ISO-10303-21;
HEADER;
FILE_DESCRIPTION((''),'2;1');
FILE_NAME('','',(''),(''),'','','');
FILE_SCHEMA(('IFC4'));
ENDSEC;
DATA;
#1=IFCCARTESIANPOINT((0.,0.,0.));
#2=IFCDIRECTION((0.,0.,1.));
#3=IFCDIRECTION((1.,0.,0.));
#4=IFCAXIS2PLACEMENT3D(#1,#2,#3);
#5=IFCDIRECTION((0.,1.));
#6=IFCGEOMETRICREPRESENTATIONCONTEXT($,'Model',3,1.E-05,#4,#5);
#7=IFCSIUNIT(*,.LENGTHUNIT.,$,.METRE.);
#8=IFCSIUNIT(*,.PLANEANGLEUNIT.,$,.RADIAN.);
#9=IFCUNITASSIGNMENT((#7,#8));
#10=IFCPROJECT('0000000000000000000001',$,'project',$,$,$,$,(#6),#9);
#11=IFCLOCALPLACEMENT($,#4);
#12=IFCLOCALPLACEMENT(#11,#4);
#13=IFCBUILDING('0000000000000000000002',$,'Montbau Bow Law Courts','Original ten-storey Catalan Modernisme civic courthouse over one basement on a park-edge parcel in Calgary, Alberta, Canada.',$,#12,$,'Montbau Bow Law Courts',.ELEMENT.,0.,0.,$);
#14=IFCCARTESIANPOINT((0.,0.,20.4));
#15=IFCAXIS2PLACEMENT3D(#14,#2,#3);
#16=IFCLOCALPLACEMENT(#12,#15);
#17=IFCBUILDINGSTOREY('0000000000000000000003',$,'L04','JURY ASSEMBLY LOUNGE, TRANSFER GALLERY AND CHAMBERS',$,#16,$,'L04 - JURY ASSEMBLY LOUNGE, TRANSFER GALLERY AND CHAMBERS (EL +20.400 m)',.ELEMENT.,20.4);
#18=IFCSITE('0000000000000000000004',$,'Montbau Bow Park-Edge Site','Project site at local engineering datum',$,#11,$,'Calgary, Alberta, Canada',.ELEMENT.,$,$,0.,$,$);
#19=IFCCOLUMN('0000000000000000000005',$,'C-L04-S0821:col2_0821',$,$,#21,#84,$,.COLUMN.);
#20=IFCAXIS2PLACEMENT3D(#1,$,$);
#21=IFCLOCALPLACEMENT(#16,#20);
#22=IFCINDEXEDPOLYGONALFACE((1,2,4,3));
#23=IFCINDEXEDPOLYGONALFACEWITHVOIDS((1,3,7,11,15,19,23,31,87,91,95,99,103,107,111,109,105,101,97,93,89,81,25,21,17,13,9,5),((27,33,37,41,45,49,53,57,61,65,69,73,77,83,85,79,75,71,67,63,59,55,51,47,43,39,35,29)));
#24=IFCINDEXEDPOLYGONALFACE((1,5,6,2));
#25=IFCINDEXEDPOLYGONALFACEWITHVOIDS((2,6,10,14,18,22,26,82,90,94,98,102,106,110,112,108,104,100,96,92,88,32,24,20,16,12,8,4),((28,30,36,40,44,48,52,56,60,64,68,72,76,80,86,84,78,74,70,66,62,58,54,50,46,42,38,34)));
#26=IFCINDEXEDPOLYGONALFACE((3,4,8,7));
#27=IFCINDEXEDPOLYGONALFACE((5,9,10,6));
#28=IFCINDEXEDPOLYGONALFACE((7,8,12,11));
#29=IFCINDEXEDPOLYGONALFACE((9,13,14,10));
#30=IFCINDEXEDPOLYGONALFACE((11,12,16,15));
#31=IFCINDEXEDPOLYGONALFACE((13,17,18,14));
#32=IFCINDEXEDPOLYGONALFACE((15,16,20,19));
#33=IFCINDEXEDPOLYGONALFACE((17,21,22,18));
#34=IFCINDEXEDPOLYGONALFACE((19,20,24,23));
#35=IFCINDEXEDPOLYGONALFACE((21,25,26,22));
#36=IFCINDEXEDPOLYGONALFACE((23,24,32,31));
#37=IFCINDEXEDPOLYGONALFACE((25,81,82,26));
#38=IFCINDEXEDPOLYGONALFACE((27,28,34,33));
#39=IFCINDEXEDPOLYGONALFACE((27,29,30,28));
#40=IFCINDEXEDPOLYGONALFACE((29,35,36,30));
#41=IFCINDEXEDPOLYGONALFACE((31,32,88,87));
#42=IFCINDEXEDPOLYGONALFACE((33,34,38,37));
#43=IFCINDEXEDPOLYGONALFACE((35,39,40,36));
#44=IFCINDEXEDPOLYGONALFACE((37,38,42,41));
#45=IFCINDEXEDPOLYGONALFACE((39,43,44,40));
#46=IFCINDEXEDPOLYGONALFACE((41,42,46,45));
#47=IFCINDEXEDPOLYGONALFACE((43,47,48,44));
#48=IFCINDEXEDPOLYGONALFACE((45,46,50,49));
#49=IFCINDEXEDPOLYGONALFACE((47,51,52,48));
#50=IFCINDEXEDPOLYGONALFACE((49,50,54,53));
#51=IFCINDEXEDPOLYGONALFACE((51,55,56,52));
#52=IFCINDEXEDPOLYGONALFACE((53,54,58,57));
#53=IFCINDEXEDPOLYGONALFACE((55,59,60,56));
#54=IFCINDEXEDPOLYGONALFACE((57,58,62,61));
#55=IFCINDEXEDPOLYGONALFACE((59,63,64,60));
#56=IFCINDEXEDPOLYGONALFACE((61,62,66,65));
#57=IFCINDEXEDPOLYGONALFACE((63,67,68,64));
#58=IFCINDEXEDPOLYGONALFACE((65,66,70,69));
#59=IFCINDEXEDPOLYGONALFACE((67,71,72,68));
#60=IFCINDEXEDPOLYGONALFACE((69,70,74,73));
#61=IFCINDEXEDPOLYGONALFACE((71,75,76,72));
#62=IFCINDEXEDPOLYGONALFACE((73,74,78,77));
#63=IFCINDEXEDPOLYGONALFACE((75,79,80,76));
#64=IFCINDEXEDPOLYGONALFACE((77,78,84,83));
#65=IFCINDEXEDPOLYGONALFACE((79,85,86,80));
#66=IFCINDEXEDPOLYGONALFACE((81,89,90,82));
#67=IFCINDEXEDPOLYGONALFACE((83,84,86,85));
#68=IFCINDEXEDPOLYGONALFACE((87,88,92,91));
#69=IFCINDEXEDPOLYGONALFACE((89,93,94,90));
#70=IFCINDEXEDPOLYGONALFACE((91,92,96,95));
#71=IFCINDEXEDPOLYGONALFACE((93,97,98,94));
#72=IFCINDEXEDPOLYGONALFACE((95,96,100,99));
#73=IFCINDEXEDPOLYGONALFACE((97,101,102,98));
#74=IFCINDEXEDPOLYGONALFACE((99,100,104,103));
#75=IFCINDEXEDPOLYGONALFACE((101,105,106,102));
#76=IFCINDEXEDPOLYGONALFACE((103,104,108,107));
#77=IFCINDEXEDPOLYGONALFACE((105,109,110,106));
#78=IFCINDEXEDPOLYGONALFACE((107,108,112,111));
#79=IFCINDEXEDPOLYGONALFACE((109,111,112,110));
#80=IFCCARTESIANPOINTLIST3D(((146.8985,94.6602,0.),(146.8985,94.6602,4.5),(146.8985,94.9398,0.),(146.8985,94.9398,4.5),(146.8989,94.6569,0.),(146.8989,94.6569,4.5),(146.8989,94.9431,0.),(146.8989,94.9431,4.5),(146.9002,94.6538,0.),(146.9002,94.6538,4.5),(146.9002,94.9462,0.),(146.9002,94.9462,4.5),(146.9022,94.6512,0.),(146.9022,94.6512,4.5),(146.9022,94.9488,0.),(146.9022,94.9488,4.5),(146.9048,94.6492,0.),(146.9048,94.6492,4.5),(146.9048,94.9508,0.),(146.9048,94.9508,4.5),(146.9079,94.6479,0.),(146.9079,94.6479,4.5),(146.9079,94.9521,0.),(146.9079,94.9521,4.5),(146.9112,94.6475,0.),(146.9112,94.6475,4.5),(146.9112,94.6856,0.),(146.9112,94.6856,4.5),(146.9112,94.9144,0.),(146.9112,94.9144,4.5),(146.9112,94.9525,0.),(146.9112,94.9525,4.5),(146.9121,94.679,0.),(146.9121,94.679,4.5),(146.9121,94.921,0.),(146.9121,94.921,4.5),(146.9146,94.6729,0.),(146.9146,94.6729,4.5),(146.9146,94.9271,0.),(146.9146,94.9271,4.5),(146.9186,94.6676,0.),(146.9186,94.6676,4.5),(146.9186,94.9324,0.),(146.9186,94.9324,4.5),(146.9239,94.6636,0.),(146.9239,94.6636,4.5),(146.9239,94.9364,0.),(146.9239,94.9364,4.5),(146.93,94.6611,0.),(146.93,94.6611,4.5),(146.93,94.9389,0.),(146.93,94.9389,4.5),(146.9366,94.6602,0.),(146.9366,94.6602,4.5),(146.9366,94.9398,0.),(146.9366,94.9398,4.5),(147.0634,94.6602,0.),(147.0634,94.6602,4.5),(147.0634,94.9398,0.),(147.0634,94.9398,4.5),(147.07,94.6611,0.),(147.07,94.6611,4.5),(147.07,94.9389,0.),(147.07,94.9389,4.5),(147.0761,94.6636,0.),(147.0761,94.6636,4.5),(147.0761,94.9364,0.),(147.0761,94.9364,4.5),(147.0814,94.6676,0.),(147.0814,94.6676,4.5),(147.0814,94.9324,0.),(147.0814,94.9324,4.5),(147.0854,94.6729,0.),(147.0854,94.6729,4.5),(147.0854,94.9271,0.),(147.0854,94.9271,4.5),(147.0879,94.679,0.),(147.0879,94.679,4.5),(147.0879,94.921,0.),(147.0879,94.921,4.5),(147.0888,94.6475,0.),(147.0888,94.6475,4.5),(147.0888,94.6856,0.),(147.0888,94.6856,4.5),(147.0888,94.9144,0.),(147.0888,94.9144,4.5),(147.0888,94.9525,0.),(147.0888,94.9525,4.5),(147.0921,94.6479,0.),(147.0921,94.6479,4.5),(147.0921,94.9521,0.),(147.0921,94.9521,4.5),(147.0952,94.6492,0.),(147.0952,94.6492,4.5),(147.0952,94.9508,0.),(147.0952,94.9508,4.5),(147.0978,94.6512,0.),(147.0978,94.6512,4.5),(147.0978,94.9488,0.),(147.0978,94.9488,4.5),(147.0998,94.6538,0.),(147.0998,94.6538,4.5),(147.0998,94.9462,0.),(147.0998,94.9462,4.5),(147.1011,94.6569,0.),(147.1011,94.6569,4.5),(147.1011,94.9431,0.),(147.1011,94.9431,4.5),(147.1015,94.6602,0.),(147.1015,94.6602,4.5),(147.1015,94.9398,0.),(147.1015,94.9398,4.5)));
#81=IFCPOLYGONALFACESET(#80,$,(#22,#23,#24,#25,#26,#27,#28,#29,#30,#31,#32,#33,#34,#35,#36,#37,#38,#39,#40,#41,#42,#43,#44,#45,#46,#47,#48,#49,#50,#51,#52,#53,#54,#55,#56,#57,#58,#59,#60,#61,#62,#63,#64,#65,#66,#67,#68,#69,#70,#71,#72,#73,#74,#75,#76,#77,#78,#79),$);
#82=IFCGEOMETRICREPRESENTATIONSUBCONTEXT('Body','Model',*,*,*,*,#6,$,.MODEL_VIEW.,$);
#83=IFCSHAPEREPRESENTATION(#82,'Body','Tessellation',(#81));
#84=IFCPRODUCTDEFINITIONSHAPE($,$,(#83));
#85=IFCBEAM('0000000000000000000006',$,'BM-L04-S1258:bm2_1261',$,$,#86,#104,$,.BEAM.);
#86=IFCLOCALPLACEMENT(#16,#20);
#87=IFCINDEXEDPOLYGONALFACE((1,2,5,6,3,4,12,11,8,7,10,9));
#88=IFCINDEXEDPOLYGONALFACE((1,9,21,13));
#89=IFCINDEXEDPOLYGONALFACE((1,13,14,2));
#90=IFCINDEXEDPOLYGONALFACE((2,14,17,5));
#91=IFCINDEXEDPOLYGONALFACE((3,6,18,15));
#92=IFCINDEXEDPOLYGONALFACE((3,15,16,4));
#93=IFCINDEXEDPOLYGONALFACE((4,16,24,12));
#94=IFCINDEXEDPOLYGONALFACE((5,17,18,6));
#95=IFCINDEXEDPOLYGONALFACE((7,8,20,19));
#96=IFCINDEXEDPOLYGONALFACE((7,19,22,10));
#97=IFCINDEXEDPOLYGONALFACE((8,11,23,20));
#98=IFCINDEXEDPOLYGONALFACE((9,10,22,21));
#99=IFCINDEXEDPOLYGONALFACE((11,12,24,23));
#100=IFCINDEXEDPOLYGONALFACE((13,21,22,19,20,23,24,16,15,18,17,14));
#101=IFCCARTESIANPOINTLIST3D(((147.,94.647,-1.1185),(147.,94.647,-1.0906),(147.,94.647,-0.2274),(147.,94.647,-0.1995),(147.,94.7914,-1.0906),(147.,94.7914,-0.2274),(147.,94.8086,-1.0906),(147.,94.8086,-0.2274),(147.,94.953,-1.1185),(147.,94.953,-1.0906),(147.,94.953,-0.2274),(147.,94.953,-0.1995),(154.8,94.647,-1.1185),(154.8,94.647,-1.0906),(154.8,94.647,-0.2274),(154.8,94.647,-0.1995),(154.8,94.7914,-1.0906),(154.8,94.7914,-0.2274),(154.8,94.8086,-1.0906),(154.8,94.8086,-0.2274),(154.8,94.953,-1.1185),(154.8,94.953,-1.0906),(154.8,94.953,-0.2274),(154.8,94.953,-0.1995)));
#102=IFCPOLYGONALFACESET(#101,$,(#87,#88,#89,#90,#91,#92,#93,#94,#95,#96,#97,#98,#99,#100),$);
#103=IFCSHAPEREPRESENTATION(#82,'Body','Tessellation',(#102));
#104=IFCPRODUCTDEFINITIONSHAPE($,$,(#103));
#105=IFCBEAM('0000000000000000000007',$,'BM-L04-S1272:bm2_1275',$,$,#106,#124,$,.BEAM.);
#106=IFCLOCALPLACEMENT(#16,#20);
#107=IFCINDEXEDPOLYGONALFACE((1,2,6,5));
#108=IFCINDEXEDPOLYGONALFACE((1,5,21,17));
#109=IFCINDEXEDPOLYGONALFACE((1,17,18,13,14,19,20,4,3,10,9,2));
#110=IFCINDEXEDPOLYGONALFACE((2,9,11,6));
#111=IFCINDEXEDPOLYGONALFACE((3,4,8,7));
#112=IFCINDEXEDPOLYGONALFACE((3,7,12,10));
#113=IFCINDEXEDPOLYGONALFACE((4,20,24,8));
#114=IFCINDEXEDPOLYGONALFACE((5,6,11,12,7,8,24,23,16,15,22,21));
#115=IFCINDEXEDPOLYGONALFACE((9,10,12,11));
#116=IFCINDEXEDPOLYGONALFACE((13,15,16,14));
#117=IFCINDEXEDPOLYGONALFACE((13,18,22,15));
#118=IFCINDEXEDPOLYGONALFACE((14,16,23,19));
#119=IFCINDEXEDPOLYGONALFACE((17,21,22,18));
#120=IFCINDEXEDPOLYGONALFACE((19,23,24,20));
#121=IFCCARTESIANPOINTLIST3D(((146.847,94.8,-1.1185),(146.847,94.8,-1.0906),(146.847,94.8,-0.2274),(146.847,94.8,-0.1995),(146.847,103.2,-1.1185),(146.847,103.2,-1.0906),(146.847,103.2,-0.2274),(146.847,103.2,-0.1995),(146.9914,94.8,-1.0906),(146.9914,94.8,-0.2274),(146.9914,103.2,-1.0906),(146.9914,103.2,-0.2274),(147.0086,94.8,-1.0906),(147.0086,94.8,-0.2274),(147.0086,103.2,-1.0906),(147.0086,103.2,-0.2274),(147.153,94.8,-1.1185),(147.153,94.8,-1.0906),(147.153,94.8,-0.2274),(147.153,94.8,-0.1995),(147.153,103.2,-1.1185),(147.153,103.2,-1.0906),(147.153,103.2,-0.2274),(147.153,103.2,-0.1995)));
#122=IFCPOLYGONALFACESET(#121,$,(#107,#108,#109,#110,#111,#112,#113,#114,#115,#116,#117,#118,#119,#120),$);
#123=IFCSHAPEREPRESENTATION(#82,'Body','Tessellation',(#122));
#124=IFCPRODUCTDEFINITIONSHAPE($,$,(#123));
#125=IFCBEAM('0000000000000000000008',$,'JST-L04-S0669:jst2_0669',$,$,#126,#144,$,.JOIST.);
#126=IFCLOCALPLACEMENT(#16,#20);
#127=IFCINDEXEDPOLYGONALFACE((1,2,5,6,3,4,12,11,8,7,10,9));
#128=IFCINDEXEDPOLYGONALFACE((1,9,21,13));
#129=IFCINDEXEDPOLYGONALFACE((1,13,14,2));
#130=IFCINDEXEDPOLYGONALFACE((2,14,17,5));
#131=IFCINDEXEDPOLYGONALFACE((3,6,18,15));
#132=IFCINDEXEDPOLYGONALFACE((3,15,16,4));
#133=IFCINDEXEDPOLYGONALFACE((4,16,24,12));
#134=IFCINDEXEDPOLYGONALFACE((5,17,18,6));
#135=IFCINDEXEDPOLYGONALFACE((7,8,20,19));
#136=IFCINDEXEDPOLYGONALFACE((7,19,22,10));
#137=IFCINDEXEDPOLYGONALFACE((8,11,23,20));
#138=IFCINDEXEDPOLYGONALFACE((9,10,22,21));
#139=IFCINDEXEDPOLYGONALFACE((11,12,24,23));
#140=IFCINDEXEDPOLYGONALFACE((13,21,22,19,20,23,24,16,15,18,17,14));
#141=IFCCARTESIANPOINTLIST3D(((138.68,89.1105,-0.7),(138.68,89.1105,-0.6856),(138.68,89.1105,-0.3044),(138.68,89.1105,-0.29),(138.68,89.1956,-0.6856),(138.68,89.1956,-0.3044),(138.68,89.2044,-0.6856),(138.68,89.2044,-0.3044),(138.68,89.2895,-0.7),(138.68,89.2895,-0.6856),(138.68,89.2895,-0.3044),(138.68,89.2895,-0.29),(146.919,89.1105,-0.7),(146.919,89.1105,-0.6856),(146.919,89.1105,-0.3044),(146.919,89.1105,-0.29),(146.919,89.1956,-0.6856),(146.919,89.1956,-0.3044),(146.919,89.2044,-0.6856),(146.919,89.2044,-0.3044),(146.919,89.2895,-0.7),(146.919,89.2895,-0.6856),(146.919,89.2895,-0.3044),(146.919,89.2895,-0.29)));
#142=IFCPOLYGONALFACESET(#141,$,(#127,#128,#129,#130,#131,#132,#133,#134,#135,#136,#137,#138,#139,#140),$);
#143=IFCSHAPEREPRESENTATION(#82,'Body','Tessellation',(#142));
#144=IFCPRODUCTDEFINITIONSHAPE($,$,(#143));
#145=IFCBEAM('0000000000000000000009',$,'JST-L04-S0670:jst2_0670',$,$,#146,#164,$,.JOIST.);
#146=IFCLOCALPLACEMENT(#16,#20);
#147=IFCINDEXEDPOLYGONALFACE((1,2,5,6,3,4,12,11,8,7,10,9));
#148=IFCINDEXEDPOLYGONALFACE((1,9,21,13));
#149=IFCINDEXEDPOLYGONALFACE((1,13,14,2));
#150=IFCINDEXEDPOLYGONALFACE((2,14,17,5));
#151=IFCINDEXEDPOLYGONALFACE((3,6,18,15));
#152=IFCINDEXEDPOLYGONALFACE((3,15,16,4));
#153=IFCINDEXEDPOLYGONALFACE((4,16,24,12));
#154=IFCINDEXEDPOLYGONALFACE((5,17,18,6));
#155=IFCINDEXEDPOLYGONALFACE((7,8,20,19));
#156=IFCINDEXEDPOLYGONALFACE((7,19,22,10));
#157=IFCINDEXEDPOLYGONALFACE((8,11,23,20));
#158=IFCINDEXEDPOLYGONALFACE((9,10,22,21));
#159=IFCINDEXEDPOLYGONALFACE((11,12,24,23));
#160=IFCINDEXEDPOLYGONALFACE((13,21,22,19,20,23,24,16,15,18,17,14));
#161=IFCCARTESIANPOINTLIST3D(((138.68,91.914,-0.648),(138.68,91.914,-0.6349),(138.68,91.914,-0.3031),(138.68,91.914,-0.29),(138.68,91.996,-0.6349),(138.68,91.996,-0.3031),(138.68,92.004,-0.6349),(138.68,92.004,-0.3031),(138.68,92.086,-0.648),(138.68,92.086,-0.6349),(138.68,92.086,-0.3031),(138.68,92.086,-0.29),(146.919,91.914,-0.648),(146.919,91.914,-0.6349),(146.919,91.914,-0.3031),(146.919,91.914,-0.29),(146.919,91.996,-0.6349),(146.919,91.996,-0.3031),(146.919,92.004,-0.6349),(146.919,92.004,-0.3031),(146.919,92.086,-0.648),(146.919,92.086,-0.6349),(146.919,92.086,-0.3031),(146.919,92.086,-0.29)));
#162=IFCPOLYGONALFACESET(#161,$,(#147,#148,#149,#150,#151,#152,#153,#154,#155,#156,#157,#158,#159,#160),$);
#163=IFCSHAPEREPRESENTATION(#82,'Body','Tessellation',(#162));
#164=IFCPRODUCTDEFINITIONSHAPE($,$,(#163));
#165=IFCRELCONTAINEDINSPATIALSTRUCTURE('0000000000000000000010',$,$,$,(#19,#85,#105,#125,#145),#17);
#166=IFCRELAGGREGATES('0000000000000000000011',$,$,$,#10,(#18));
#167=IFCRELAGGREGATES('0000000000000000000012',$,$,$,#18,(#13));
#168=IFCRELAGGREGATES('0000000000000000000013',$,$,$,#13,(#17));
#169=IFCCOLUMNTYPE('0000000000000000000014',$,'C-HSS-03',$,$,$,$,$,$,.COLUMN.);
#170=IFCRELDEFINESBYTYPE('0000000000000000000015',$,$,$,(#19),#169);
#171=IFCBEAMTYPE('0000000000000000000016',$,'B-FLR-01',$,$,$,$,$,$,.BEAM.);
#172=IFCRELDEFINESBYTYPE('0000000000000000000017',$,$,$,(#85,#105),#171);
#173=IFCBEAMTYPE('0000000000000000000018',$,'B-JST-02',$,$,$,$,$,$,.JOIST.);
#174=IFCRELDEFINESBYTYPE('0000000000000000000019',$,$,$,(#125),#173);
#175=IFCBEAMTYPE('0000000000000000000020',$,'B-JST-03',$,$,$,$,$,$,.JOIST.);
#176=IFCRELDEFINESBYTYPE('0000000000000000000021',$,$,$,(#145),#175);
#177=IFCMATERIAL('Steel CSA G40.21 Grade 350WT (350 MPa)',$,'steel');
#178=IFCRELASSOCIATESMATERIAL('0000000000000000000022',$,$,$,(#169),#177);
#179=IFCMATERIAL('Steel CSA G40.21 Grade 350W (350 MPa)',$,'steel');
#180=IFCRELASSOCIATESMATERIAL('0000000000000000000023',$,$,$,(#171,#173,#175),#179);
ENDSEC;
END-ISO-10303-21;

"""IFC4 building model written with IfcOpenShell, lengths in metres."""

from ifc_helpers import new_model, si_unit, direction, frame, origin_with_axes, origin_2d_with_axis, place, context, subcontext, project, spatial, hollow_rectangle, i_section, extrude, material, material_profile, profile_set, type_object, element, save


model = new_model("IFC4")

# Units and contexts
model_context = context("Model", 3, precision=1e-05, world=origin_with_axes(), true_north=direction((0.0, 1.0)))
body_context = subcontext(model_context, "Body", "Model", "MODEL_VIEW")
ifc_project = project(units=[si_unit("LENGTHUNIT", "METRE"), si_unit("PLANEANGLEUNIT", "RADIAN")], contexts=[model_context])

# Site, building, storey
site_placement = place(None, origin_with_axes())
site = spatial("IfcSite", under=ifc_project, at=site_placement, Name="Montbau Bow Park-Edge Site", Description="Project site at local engineering datum", LongName="Calgary, Alberta, Canada", CompositionType="ELEMENT", RefElevation=0.0)
building_placement = place(site_placement, origin_with_axes())
building = spatial("IfcBuilding", under=site, at=building_placement, Name="Montbau Bow Law Courts", Description="Original ten-storey Catalan Modernisme civic courthouse over one basement on a park-edge parcel in Calgary, Alberta, Canada.", LongName="Montbau Bow Law Courts", CompositionType="ELEMENT", ElevationOfRefHeight=0.0, ElevationOfTerrain=0.0)
storey_placement = place(building_placement, frame((0.0, 0.0, 20.4), z_axis=(0.0, 0.0, 1.0), x_axis=(1.0, 0.0, 0.0)))
storey = spatial("IfcBuildingStorey", under=building, at=storey_placement, Name="L04", Description="JURY ASSEMBLY LOUNGE, TRANSFER GALLERY AND CHAMBERS", LongName="L04 - JURY ASSEMBLY LOUNGE, TRANSFER GALLERY AND CHAMBERS (EL +20.400 m)", CompositionType="ELEMENT", Elevation=20.4)

# Column
ifc_material_1 = material(Name="Steel CSA G40.21 Grade 350WT (350 MPa)", Category="steel")
ifc_material_profile_1 = material_profile(ifc_material_1, hollow_rectangle(XDim=0.203, YDim=0.305, WallThickness=0.0127, InnerFilletRadius=0.0254, OuterFilletRadius=0.0127, at=origin_2d_with_axis()), Name="HSS305X203X13", Category="Main", Priority=0)
ifc_profile_set_1 = profile_set([ifc_material_profile_1], Name="Steel CSA G40.21 Grade 350WT (350 MPa)")
column_type = type_object("IfcColumnType", Name="C-HSS-03", PredefinedType="COLUMN", material=ifc_profile_set_1)
column_placement = place(None, frame((147.0, 94.8, 20.4), z_axis=(0.0, 0.0, 1.0), x_axis=(1.0, 0.0, 0.0)))
element("IfcColumn", 1, at=column_placement, inside=storey, type_object=column_type, Name="C-L04-S0821:col2_0821", PredefinedType="COLUMN", context=body_context, shape_type="SweptSolid", body=[
    extrude(hollow_rectangle(XDim=0.203, YDim=0.305, WallThickness=0.0127, InnerFilletRadius=0.0254, OuterFilletRadius=0.0127, at=origin_2d_with_axis()), origin_with_axes(), (0.0, 0.0, 1.0), 4.5),
])

# Beams
ifc_material_2 = material(Name="Steel CSA G40.21 Grade 350W (350 MPa)", Category="steel")
ifc_material_profile_2 = material_profile(ifc_material_2, i_section(OverallWidth=0.306, OverallDepth=0.919, WebThickness=0.0173, FlangeThickness=0.0279, at=origin_2d_with_axis()), Name="W920X253", Category="Main", Priority=0)
ifc_profile_set_2 = profile_set([ifc_material_profile_2], Name="Steel CSA G40.21 Grade 350W (350 MPa)")
beam_type_1 = type_object("IfcBeamType", Name="B-FLR-01", PredefinedType="BEAM", material=ifc_profile_set_2)
beam_1_placement = place(None, frame((147.0, 94.8, 19.741), z_axis=(1.0, 0.0, 0.0), x_axis=(0.0, 1.0, 0.0)))
element("IfcBeam", 2, at=beam_1_placement, inside=storey, type_object=beam_type_1, Name="BM-L04-S1258:bm2_1261", PredefinedType="BEAM", context=body_context, shape_type="SweptSolid", body=[
    extrude(i_section(OverallWidth=0.306, OverallDepth=0.919, WebThickness=0.0173, FlangeThickness=0.0279, at=origin_2d_with_axis()), origin_with_axes(), (0.0, 0.0, 1.0), 7.8),
])
beam_2_placement = place(None, frame((147.0, 94.8, 19.741), z_axis=(0.0, 1.0, 0.0), x_axis=(-1.0, 0.0, 0.0)))
element("IfcBeam", 3, at=beam_2_placement, inside=storey, type_object=beam_type_1, Name="BM-L04-S1272:bm2_1275", PredefinedType="BEAM", context=body_context, shape_type="SweptSolid", body=[
    extrude(i_section(OverallWidth=0.306, OverallDepth=0.919, WebThickness=0.0173, FlangeThickness=0.0279, at=origin_2d_with_axis()), origin_with_axes(), (0.0, 0.0, 1.0), 8.4),
])
ifc_material_profile_3 = material_profile(ifc_material_2, i_section(OverallWidth=0.179, OverallDepth=0.41, WebThickness=0.0088, FlangeThickness=0.0144, at=origin_2d_with_axis()), Name="W410X67", Category="Main", Priority=0)
ifc_profile_set_3 = profile_set([ifc_material_profile_3], Name="Steel CSA G40.21 Grade 350W (350 MPa)")
beam_type_2 = type_object("IfcBeamType", Name="B-JST-02", PredefinedType="JOIST", material=ifc_profile_set_3)
beam_3_placement = place(None, frame((138.68, 89.2, 19.905), z_axis=(1.0, 0.0, 0.0), x_axis=(0.0, 1.0, 0.0)))
element("IfcBeam", 4, at=beam_3_placement, inside=storey, type_object=beam_type_2, Name="JST-L04-S0669:jst2_0669", PredefinedType="JOIST", context=body_context, shape_type="SweptSolid", body=[
    extrude(i_section(OverallWidth=0.179, OverallDepth=0.41, WebThickness=0.0088, FlangeThickness=0.0144, at=origin_2d_with_axis()), origin_with_axes(), (0.0, 0.0, 1.0), 8.239),
])
ifc_material_profile_4 = material_profile(ifc_material_2, i_section(OverallWidth=0.172, OverallDepth=0.358, WebThickness=0.0079, FlangeThickness=0.0131, at=origin_2d_with_axis()), Name="W360X57", Category="Main", Priority=0)
ifc_profile_set_4 = profile_set([ifc_material_profile_4], Name="Steel CSA G40.21 Grade 350W (350 MPa)")
beam_type_3 = type_object("IfcBeamType", Name="B-JST-03", PredefinedType="JOIST", material=ifc_profile_set_4)
beam_4_placement = place(None, frame((138.68, 92.0, 19.931), z_axis=(1.0, 0.0, 0.0), x_axis=(0.0, 1.0, 0.0)))
element("IfcBeam", 5, at=beam_4_placement, inside=storey, type_object=beam_type_3, Name="JST-L04-S0670:jst2_0670", PredefinedType="JOIST", context=body_context, shape_type="SweptSolid", body=[
    extrude(i_section(OverallWidth=0.172, OverallDepth=0.358, WebThickness=0.0079, FlangeThickness=0.0131, at=origin_2d_with_axis()), origin_with_axes(), (0.0, 0.0, 1.0), 8.239),
])

save(model, "model.ifc")
